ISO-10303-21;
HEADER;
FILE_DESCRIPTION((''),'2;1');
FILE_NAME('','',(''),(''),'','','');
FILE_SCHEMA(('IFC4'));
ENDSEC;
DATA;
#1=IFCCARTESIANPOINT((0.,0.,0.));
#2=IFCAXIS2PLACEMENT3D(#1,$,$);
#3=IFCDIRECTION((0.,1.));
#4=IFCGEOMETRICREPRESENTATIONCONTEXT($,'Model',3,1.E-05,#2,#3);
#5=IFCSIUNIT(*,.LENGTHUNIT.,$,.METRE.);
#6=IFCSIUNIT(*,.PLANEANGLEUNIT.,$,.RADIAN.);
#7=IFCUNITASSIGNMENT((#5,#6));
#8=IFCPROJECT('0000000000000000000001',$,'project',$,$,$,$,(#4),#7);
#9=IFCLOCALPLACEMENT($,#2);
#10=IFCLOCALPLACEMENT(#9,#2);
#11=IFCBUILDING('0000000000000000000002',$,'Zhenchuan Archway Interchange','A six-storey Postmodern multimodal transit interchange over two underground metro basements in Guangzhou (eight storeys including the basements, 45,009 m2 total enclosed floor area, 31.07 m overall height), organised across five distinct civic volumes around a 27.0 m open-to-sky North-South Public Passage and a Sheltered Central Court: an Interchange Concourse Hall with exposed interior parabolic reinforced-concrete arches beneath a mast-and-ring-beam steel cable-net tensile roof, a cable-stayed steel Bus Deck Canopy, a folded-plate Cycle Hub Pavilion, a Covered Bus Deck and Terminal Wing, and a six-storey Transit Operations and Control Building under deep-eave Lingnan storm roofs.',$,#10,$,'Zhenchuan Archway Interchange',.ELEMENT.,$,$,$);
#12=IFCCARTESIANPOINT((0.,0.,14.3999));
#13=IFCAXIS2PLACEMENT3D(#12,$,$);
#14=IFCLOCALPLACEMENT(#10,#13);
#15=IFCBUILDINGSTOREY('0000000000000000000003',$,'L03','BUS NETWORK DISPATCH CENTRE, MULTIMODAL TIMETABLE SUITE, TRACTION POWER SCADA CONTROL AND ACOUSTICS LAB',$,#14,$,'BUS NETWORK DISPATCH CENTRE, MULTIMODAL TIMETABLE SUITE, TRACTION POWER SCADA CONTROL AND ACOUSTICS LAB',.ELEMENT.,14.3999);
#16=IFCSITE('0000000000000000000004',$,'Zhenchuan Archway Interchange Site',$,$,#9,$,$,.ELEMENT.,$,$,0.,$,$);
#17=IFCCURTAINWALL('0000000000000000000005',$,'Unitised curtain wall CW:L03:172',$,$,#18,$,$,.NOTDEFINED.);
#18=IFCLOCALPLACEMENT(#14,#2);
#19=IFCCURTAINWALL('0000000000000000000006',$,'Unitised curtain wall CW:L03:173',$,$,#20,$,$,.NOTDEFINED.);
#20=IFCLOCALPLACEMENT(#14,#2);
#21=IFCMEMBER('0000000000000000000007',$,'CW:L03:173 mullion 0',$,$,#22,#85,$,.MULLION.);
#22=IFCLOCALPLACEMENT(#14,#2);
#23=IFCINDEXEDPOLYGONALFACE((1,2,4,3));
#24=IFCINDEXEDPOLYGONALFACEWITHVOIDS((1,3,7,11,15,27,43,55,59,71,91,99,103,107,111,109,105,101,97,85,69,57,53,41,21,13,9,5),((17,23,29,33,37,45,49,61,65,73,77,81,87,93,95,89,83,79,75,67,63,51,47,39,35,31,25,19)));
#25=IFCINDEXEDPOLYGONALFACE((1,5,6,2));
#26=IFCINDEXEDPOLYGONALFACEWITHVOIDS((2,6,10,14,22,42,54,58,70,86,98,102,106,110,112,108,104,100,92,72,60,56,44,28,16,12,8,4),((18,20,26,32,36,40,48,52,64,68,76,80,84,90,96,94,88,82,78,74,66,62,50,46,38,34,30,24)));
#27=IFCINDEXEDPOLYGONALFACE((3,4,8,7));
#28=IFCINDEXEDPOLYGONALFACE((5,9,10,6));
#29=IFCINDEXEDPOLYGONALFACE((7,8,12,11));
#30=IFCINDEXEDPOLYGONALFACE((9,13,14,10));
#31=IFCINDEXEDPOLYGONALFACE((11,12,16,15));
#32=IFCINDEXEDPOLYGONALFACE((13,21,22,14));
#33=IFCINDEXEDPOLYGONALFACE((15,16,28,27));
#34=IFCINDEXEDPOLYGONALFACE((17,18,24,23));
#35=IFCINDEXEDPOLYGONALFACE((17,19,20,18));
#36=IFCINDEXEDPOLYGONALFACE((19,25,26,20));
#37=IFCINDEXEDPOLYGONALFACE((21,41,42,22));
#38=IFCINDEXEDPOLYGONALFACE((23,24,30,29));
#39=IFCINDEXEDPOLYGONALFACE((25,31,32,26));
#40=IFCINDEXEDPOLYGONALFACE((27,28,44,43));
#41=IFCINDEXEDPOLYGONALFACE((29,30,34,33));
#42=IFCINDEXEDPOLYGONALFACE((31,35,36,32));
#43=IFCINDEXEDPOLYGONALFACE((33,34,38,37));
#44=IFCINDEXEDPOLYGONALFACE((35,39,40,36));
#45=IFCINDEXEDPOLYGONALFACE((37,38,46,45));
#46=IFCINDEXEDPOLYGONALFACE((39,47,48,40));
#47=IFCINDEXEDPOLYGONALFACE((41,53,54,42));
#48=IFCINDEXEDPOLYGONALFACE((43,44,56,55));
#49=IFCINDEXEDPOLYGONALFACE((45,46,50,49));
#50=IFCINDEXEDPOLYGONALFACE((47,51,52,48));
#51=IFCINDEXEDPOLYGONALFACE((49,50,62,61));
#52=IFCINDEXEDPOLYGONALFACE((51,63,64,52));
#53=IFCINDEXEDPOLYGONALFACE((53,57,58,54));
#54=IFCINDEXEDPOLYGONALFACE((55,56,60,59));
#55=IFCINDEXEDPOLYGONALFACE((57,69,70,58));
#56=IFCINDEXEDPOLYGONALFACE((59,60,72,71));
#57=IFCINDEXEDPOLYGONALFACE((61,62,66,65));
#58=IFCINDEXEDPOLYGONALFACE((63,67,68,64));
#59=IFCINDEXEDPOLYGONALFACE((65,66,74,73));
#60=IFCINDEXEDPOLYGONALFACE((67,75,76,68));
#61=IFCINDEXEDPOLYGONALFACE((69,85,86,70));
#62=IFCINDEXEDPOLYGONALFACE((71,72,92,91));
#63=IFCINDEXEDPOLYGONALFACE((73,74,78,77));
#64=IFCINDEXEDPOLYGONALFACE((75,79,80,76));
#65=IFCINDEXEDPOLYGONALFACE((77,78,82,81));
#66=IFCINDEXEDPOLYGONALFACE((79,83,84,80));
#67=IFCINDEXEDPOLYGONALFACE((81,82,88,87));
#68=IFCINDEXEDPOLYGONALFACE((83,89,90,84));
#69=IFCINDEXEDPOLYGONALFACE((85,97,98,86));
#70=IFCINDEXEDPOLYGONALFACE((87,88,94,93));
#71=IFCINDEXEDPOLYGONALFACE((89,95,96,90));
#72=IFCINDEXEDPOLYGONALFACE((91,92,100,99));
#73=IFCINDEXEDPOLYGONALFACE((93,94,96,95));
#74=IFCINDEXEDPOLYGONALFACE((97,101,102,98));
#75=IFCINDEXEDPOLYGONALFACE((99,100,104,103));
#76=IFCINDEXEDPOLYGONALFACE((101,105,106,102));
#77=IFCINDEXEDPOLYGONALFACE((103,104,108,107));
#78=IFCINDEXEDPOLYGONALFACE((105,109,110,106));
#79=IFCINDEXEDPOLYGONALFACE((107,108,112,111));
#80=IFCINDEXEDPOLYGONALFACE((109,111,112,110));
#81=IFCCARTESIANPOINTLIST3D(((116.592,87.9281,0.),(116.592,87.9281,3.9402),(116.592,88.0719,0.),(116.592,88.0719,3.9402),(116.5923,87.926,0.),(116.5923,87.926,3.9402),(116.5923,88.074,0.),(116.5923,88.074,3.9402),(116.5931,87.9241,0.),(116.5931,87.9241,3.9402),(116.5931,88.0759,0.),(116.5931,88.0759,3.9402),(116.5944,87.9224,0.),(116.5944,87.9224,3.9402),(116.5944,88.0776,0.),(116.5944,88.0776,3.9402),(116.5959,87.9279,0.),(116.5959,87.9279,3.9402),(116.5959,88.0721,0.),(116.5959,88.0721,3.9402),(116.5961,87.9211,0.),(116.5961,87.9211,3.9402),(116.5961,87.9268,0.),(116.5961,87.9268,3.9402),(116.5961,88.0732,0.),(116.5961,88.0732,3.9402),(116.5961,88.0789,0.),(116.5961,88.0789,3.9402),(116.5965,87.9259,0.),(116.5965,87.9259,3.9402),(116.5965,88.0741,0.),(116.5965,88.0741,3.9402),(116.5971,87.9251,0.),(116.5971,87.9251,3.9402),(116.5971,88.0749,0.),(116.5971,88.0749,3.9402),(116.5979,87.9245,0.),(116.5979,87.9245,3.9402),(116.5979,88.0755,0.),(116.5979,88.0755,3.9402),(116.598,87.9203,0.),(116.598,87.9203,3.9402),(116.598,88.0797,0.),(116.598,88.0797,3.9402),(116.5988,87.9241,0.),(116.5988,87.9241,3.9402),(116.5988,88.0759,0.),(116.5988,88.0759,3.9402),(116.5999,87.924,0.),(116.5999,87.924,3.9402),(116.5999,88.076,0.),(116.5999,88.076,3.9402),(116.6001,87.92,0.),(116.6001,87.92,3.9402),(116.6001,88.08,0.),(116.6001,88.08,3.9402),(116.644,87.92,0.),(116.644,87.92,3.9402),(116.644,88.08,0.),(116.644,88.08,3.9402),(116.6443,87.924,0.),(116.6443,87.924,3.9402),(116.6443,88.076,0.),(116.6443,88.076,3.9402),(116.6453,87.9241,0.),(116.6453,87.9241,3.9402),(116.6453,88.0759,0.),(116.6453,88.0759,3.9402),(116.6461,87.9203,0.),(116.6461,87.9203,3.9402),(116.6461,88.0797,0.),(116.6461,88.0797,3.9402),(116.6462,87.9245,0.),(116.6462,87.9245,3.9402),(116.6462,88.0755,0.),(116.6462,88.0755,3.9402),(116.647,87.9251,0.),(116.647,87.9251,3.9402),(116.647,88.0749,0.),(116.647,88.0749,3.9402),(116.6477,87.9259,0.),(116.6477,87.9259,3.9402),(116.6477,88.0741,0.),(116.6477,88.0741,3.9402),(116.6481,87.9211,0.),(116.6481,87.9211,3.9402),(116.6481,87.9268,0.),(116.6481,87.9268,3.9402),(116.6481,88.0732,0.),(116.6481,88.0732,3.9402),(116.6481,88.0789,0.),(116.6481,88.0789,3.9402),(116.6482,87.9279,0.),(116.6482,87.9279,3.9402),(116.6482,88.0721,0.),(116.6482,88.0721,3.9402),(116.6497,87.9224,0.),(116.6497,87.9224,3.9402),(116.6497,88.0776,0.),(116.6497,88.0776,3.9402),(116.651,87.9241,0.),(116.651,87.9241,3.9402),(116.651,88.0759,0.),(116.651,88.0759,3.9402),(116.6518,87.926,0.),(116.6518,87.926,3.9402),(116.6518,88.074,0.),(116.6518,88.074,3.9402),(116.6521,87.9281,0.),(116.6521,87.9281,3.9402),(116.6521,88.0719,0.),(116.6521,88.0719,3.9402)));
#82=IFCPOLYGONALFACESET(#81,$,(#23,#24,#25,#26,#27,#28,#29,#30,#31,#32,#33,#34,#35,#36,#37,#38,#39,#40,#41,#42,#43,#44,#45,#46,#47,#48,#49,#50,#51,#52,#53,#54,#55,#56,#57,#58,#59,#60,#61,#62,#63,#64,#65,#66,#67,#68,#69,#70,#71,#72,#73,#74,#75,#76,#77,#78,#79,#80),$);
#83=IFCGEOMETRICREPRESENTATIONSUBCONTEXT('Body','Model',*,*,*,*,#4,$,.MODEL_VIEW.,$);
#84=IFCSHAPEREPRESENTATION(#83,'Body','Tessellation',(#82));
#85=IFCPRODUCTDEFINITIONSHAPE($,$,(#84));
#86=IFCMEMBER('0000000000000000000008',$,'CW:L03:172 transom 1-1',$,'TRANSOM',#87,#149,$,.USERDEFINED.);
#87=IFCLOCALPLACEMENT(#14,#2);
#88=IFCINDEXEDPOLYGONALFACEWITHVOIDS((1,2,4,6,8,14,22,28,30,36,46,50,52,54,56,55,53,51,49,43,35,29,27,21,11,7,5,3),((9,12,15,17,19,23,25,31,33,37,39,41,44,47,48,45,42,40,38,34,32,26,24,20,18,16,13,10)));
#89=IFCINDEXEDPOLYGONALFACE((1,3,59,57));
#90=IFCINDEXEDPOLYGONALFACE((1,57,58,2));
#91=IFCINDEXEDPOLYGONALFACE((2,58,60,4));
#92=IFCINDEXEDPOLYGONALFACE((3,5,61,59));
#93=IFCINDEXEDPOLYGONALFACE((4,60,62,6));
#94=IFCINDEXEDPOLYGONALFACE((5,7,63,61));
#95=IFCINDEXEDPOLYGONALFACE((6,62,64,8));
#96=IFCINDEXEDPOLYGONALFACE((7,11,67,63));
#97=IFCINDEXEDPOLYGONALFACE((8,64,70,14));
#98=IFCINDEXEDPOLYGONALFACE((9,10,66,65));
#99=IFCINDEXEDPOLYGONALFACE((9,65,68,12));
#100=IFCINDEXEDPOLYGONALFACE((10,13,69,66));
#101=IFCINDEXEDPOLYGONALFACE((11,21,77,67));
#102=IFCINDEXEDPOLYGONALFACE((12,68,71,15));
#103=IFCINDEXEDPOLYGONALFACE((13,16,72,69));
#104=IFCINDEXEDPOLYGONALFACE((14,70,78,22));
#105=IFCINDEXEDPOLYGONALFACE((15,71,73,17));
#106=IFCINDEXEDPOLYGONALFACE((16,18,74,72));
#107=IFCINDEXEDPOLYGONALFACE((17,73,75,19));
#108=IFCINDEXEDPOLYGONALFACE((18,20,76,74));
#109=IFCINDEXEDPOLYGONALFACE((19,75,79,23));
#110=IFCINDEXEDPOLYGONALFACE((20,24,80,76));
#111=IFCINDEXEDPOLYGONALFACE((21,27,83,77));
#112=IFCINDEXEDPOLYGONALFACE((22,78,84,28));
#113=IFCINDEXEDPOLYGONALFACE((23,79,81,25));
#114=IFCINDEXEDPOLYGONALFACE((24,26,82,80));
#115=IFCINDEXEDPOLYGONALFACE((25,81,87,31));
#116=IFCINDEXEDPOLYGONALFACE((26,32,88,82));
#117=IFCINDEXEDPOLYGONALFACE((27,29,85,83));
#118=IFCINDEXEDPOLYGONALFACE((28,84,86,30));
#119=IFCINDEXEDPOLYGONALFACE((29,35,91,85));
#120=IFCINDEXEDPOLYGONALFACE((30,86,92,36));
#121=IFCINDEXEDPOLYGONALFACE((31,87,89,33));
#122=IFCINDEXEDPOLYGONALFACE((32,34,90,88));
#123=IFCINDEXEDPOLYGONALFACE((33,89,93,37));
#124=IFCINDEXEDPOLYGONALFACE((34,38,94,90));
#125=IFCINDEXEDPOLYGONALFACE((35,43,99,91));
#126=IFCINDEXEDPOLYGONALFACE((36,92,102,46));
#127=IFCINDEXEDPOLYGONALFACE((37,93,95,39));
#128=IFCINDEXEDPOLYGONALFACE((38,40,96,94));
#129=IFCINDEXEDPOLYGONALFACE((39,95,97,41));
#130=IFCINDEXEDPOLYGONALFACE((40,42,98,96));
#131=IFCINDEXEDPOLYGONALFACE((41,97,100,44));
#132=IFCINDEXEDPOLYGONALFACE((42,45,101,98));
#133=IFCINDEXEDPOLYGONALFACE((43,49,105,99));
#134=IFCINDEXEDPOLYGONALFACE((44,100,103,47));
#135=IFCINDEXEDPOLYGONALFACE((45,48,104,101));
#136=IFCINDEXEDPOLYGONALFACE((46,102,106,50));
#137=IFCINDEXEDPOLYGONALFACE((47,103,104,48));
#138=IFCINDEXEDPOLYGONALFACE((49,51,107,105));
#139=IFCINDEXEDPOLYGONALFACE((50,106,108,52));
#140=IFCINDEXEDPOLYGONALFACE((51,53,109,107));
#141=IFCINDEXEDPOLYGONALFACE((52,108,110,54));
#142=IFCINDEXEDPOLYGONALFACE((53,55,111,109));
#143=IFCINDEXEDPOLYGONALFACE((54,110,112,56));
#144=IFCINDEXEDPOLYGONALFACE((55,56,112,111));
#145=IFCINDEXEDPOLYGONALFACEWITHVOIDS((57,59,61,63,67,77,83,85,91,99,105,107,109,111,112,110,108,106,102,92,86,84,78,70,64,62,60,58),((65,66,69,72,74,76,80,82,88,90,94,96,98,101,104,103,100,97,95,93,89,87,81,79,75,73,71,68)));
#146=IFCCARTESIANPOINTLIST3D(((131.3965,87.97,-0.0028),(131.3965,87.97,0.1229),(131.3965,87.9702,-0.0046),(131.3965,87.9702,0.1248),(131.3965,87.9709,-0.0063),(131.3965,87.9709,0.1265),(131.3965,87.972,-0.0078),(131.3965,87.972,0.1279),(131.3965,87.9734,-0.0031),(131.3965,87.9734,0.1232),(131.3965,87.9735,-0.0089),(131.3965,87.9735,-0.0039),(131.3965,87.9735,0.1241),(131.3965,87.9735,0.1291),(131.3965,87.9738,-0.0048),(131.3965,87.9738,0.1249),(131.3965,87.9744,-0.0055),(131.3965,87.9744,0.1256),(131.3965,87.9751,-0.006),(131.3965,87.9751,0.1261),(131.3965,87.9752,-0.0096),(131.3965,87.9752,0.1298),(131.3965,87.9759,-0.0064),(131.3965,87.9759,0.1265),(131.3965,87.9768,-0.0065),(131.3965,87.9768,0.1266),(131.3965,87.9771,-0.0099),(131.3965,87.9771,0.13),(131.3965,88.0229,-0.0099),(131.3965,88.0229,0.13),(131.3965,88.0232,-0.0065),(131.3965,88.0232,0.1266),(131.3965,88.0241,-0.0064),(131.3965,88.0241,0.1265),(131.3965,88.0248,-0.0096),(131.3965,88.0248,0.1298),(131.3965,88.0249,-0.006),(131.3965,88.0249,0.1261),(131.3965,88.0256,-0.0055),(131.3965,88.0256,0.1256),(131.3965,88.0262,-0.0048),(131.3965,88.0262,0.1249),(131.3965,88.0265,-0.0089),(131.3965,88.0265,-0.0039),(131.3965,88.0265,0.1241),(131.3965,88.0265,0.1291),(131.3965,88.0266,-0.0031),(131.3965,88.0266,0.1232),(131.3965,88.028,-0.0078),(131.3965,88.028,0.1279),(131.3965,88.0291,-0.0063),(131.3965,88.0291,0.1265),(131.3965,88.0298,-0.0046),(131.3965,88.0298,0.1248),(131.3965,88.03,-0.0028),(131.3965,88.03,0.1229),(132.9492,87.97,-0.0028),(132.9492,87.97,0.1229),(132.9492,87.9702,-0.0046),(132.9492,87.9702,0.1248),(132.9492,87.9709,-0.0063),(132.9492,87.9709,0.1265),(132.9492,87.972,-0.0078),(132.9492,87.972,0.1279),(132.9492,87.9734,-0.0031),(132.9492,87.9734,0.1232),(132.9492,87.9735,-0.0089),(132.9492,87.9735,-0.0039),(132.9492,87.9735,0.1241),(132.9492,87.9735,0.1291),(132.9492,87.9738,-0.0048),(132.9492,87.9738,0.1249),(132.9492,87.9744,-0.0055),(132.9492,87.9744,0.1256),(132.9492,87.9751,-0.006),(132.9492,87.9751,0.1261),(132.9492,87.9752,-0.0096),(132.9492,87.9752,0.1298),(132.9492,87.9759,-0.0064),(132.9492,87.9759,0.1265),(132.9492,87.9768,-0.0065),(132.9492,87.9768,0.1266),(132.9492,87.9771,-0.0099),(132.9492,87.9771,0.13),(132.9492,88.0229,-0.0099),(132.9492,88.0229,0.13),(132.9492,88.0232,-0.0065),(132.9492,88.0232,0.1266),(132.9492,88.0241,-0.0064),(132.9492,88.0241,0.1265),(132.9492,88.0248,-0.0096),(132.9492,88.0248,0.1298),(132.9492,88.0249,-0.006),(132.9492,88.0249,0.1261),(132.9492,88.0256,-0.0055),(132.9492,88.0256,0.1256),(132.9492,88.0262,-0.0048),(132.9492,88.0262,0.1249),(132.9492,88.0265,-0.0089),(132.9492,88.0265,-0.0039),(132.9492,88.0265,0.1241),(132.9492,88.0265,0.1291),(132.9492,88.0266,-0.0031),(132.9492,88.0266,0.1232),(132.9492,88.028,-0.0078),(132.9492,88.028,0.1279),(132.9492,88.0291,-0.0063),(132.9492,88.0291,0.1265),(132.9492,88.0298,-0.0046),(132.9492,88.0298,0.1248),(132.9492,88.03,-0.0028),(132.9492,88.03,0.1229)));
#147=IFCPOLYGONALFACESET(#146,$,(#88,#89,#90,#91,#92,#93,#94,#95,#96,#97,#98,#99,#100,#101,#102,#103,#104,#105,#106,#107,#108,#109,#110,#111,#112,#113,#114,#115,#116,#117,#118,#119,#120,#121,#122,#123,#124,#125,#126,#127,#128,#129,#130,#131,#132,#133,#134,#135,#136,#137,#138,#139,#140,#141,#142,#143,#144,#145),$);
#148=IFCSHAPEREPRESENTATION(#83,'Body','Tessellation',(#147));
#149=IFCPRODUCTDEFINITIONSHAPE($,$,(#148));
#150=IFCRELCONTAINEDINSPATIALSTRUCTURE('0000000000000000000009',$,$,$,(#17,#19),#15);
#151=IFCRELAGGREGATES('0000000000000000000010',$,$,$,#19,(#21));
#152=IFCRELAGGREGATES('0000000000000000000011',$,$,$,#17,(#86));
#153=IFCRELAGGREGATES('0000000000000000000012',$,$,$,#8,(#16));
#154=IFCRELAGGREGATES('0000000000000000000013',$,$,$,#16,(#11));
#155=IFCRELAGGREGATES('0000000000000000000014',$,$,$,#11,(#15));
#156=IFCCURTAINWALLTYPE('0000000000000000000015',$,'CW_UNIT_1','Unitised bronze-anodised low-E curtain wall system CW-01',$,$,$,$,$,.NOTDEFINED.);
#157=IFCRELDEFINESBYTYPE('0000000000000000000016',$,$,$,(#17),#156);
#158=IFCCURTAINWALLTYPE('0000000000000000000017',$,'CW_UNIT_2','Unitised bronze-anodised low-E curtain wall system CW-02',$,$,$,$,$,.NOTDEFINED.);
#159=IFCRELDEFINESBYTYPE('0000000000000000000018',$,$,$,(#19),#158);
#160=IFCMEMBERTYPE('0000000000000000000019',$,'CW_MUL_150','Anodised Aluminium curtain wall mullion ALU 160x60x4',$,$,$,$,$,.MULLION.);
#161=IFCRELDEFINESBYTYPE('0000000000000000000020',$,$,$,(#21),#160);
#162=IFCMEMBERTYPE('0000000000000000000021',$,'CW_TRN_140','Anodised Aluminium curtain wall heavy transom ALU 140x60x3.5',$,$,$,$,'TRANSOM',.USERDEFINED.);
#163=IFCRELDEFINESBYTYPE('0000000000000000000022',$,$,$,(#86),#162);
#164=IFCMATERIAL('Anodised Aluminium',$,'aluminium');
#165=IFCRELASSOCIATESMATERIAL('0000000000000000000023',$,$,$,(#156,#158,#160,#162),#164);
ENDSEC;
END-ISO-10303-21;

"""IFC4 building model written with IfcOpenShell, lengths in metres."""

from ifc_helpers import new_model, si_unit, direction, frame, origin, origin_2d, place, context, subcontext, project, spatial, hollow_rectangle, extrude, material, material_profile, profile_set, type_object, element, aggregate, save


model = new_model("IFC4")

# Units and contexts
model_context = context("Model", 3, precision=1e-05, world=origin(), true_north=direction((0.0, 1.0)))
body_context = subcontext(model_context, "Body", "Model", "MODEL_VIEW")
ifc_project = project(units=[si_unit("LENGTHUNIT", "METRE"), si_unit("PLANEANGLEUNIT", "RADIAN")], contexts=[model_context])

# Site, building, storey
site_placement = place(None, origin())
site = spatial("IfcSite", under=ifc_project, at=site_placement, Name="Zhenchuan Archway Interchange Site", CompositionType="ELEMENT", RefElevation=0.0)
building_placement = place(site_placement, origin())
building = spatial("IfcBuilding", under=site, at=building_placement, Name="Zhenchuan Archway Interchange", Description="A six-storey Postmodern multimodal transit interchange over two underground metro basements in Guangzhou (eight storeys including the basements, 45,009 m2 total enclosed floor area, 31.07 m overall height), organised across five distinct civic volumes around a 27.0 m open-to-sky North-South Public Passage and a Sheltered Central Court: an Interchange Concourse Hall with exposed interior parabolic reinforced-concrete arches beneath a mast-and-ring-beam steel cable-net tensile roof, a cable-stayed steel Bus Deck Canopy, a folded-plate Cycle Hub Pavilion, a Covered Bus Deck and Terminal Wing, and a six-storey Transit Operations and Control Building under deep-eave Lingnan storm roofs.", LongName="Zhenchuan Archway Interchange", CompositionType="ELEMENT")
storey_placement = place(building_placement, frame((0.0, 0.0, 14.3999)))
storey = spatial("IfcBuildingStorey", under=building, at=storey_placement, Name="L03", Description="BUS NETWORK DISPATCH CENTRE, MULTIMODAL TIMETABLE SUITE, TRACTION POWER SCADA CONTROL AND ACOUSTICS LAB", LongName="BUS NETWORK DISPATCH CENTRE, MULTIMODAL TIMETABLE SUITE, TRACTION POWER SCADA CONTROL AND ACOUSTICS LAB", CompositionType="ELEMENT", Elevation=14.3999)

# Curtain wall
ifc_material_1 = material(Name="Anodised Aluminium", Category="aluminium")
curtain_wall_type_1 = type_object("IfcCurtainWallType", Name="CW_UNIT_1", Description="Unitised bronze-anodised low-E curtain wall system CW-01", PredefinedType="NOTDEFINED", material=ifc_material_1)
curtain_wall_1_placement = place(storey_placement, origin())
curtain_wall_1 = element("IfcCurtainWall", 1, at=curtain_wall_1_placement, inside=storey, type_object=curtain_wall_type_1, Name="Unitised curtain wall CW:L03:172", PredefinedType="NOTDEFINED")
ifc_material_profile_1 = material_profile(ifc_material_1, hollow_rectangle(XDim=0.0601, YDim=0.1599, WallThickness=0.0039, InnerFilletRadius=0.0039, OuterFilletRadius=0.0081, at=origin_2d()), Name="ALU 160x60x4")
ifc_profile_set_1 = profile_set([ifc_material_profile_1], Name="Anodised Aluminium")
member_type_1 = type_object("IfcMemberType", Name="CW_MUL_150", Description="Anodised Aluminium curtain wall mullion ALU 160x60x4", PredefinedType="MULLION", material=ifc_profile_set_1)

# Curtain wall, member
curtain_wall_type_2 = type_object("IfcCurtainWallType", Name="CW_UNIT_2", Description="Unitised bronze-anodised low-E curtain wall system CW-02", PredefinedType="NOTDEFINED", material=ifc_material_1)
curtain_wall_2_placement = place(storey_placement, origin())
curtain_wall_2 = element("IfcCurtainWall", 2, at=curtain_wall_2_placement, inside=storey, type_object=curtain_wall_type_2, Name="Unitised curtain wall CW:L03:173", PredefinedType="NOTDEFINED")
member_1_placement = place(storey_placement, frame((116.6221, 88.0, 0.0), z_axis=(0.0, 0.0, 1.0), x_axis=(1.0, 0.0, 0.0)))
member_1 = element("IfcMember", 3, at=member_1_placement, type_object=member_type_1, Name="CW:L03:173 mullion 0", PredefinedType="MULLION", context=body_context, shape_type="SweptSolid", body=[
    extrude(hollow_rectangle(XDim=0.0601, YDim=0.1599, WallThickness=0.0039, InnerFilletRadius=0.0039, OuterFilletRadius=0.0081, at=origin_2d()), origin(), (0.0, 0.0, 1.0), 3.9402),
])

# Member
ifc_material_profile_2 = material_profile(ifc_material_1, hollow_rectangle(XDim=0.0601, YDim=0.1399, WallThickness=0.0034, InnerFilletRadius=0.0034, OuterFilletRadius=0.0071, at=origin_2d()), Name="ALU 140x60x3.5")
ifc_profile_set_2 = profile_set([ifc_material_profile_2], Name="Anodised Aluminium")
member_type_2 = type_object("IfcMemberType", Name="CW_TRN_140", Description="Anodised Aluminium curtain wall heavy transom ALU 140x60x3.5", ElementType="TRANSOM", PredefinedType="USERDEFINED", material=ifc_profile_set_2)
member_2_placement = place(storey_placement, frame((132.9492, 88.0, 0.0601), z_axis=(-1.0, 0.0, 0.0), x_axis=(0.0, -1.0, 0.0)))
member_2 = element("IfcMember", 4, at=member_2_placement, type_object=member_type_2, Name="CW:L03:172 transom 1-1", ObjectType="TRANSOM", PredefinedType="USERDEFINED", context=body_context, shape_type="SweptSolid", body=[
    extrude(hollow_rectangle(XDim=0.0601, YDim=0.1399, WallThickness=0.0034, InnerFilletRadius=0.0034, OuterFilletRadius=0.0071, at=origin_2d()), origin(), (0.0, 0.0, 1.0), 1.5527),
])
aggregate(curtain_wall_2, [member_1])

aggregate(curtain_wall_1, [member_2])

save(model, "model.ifc")
